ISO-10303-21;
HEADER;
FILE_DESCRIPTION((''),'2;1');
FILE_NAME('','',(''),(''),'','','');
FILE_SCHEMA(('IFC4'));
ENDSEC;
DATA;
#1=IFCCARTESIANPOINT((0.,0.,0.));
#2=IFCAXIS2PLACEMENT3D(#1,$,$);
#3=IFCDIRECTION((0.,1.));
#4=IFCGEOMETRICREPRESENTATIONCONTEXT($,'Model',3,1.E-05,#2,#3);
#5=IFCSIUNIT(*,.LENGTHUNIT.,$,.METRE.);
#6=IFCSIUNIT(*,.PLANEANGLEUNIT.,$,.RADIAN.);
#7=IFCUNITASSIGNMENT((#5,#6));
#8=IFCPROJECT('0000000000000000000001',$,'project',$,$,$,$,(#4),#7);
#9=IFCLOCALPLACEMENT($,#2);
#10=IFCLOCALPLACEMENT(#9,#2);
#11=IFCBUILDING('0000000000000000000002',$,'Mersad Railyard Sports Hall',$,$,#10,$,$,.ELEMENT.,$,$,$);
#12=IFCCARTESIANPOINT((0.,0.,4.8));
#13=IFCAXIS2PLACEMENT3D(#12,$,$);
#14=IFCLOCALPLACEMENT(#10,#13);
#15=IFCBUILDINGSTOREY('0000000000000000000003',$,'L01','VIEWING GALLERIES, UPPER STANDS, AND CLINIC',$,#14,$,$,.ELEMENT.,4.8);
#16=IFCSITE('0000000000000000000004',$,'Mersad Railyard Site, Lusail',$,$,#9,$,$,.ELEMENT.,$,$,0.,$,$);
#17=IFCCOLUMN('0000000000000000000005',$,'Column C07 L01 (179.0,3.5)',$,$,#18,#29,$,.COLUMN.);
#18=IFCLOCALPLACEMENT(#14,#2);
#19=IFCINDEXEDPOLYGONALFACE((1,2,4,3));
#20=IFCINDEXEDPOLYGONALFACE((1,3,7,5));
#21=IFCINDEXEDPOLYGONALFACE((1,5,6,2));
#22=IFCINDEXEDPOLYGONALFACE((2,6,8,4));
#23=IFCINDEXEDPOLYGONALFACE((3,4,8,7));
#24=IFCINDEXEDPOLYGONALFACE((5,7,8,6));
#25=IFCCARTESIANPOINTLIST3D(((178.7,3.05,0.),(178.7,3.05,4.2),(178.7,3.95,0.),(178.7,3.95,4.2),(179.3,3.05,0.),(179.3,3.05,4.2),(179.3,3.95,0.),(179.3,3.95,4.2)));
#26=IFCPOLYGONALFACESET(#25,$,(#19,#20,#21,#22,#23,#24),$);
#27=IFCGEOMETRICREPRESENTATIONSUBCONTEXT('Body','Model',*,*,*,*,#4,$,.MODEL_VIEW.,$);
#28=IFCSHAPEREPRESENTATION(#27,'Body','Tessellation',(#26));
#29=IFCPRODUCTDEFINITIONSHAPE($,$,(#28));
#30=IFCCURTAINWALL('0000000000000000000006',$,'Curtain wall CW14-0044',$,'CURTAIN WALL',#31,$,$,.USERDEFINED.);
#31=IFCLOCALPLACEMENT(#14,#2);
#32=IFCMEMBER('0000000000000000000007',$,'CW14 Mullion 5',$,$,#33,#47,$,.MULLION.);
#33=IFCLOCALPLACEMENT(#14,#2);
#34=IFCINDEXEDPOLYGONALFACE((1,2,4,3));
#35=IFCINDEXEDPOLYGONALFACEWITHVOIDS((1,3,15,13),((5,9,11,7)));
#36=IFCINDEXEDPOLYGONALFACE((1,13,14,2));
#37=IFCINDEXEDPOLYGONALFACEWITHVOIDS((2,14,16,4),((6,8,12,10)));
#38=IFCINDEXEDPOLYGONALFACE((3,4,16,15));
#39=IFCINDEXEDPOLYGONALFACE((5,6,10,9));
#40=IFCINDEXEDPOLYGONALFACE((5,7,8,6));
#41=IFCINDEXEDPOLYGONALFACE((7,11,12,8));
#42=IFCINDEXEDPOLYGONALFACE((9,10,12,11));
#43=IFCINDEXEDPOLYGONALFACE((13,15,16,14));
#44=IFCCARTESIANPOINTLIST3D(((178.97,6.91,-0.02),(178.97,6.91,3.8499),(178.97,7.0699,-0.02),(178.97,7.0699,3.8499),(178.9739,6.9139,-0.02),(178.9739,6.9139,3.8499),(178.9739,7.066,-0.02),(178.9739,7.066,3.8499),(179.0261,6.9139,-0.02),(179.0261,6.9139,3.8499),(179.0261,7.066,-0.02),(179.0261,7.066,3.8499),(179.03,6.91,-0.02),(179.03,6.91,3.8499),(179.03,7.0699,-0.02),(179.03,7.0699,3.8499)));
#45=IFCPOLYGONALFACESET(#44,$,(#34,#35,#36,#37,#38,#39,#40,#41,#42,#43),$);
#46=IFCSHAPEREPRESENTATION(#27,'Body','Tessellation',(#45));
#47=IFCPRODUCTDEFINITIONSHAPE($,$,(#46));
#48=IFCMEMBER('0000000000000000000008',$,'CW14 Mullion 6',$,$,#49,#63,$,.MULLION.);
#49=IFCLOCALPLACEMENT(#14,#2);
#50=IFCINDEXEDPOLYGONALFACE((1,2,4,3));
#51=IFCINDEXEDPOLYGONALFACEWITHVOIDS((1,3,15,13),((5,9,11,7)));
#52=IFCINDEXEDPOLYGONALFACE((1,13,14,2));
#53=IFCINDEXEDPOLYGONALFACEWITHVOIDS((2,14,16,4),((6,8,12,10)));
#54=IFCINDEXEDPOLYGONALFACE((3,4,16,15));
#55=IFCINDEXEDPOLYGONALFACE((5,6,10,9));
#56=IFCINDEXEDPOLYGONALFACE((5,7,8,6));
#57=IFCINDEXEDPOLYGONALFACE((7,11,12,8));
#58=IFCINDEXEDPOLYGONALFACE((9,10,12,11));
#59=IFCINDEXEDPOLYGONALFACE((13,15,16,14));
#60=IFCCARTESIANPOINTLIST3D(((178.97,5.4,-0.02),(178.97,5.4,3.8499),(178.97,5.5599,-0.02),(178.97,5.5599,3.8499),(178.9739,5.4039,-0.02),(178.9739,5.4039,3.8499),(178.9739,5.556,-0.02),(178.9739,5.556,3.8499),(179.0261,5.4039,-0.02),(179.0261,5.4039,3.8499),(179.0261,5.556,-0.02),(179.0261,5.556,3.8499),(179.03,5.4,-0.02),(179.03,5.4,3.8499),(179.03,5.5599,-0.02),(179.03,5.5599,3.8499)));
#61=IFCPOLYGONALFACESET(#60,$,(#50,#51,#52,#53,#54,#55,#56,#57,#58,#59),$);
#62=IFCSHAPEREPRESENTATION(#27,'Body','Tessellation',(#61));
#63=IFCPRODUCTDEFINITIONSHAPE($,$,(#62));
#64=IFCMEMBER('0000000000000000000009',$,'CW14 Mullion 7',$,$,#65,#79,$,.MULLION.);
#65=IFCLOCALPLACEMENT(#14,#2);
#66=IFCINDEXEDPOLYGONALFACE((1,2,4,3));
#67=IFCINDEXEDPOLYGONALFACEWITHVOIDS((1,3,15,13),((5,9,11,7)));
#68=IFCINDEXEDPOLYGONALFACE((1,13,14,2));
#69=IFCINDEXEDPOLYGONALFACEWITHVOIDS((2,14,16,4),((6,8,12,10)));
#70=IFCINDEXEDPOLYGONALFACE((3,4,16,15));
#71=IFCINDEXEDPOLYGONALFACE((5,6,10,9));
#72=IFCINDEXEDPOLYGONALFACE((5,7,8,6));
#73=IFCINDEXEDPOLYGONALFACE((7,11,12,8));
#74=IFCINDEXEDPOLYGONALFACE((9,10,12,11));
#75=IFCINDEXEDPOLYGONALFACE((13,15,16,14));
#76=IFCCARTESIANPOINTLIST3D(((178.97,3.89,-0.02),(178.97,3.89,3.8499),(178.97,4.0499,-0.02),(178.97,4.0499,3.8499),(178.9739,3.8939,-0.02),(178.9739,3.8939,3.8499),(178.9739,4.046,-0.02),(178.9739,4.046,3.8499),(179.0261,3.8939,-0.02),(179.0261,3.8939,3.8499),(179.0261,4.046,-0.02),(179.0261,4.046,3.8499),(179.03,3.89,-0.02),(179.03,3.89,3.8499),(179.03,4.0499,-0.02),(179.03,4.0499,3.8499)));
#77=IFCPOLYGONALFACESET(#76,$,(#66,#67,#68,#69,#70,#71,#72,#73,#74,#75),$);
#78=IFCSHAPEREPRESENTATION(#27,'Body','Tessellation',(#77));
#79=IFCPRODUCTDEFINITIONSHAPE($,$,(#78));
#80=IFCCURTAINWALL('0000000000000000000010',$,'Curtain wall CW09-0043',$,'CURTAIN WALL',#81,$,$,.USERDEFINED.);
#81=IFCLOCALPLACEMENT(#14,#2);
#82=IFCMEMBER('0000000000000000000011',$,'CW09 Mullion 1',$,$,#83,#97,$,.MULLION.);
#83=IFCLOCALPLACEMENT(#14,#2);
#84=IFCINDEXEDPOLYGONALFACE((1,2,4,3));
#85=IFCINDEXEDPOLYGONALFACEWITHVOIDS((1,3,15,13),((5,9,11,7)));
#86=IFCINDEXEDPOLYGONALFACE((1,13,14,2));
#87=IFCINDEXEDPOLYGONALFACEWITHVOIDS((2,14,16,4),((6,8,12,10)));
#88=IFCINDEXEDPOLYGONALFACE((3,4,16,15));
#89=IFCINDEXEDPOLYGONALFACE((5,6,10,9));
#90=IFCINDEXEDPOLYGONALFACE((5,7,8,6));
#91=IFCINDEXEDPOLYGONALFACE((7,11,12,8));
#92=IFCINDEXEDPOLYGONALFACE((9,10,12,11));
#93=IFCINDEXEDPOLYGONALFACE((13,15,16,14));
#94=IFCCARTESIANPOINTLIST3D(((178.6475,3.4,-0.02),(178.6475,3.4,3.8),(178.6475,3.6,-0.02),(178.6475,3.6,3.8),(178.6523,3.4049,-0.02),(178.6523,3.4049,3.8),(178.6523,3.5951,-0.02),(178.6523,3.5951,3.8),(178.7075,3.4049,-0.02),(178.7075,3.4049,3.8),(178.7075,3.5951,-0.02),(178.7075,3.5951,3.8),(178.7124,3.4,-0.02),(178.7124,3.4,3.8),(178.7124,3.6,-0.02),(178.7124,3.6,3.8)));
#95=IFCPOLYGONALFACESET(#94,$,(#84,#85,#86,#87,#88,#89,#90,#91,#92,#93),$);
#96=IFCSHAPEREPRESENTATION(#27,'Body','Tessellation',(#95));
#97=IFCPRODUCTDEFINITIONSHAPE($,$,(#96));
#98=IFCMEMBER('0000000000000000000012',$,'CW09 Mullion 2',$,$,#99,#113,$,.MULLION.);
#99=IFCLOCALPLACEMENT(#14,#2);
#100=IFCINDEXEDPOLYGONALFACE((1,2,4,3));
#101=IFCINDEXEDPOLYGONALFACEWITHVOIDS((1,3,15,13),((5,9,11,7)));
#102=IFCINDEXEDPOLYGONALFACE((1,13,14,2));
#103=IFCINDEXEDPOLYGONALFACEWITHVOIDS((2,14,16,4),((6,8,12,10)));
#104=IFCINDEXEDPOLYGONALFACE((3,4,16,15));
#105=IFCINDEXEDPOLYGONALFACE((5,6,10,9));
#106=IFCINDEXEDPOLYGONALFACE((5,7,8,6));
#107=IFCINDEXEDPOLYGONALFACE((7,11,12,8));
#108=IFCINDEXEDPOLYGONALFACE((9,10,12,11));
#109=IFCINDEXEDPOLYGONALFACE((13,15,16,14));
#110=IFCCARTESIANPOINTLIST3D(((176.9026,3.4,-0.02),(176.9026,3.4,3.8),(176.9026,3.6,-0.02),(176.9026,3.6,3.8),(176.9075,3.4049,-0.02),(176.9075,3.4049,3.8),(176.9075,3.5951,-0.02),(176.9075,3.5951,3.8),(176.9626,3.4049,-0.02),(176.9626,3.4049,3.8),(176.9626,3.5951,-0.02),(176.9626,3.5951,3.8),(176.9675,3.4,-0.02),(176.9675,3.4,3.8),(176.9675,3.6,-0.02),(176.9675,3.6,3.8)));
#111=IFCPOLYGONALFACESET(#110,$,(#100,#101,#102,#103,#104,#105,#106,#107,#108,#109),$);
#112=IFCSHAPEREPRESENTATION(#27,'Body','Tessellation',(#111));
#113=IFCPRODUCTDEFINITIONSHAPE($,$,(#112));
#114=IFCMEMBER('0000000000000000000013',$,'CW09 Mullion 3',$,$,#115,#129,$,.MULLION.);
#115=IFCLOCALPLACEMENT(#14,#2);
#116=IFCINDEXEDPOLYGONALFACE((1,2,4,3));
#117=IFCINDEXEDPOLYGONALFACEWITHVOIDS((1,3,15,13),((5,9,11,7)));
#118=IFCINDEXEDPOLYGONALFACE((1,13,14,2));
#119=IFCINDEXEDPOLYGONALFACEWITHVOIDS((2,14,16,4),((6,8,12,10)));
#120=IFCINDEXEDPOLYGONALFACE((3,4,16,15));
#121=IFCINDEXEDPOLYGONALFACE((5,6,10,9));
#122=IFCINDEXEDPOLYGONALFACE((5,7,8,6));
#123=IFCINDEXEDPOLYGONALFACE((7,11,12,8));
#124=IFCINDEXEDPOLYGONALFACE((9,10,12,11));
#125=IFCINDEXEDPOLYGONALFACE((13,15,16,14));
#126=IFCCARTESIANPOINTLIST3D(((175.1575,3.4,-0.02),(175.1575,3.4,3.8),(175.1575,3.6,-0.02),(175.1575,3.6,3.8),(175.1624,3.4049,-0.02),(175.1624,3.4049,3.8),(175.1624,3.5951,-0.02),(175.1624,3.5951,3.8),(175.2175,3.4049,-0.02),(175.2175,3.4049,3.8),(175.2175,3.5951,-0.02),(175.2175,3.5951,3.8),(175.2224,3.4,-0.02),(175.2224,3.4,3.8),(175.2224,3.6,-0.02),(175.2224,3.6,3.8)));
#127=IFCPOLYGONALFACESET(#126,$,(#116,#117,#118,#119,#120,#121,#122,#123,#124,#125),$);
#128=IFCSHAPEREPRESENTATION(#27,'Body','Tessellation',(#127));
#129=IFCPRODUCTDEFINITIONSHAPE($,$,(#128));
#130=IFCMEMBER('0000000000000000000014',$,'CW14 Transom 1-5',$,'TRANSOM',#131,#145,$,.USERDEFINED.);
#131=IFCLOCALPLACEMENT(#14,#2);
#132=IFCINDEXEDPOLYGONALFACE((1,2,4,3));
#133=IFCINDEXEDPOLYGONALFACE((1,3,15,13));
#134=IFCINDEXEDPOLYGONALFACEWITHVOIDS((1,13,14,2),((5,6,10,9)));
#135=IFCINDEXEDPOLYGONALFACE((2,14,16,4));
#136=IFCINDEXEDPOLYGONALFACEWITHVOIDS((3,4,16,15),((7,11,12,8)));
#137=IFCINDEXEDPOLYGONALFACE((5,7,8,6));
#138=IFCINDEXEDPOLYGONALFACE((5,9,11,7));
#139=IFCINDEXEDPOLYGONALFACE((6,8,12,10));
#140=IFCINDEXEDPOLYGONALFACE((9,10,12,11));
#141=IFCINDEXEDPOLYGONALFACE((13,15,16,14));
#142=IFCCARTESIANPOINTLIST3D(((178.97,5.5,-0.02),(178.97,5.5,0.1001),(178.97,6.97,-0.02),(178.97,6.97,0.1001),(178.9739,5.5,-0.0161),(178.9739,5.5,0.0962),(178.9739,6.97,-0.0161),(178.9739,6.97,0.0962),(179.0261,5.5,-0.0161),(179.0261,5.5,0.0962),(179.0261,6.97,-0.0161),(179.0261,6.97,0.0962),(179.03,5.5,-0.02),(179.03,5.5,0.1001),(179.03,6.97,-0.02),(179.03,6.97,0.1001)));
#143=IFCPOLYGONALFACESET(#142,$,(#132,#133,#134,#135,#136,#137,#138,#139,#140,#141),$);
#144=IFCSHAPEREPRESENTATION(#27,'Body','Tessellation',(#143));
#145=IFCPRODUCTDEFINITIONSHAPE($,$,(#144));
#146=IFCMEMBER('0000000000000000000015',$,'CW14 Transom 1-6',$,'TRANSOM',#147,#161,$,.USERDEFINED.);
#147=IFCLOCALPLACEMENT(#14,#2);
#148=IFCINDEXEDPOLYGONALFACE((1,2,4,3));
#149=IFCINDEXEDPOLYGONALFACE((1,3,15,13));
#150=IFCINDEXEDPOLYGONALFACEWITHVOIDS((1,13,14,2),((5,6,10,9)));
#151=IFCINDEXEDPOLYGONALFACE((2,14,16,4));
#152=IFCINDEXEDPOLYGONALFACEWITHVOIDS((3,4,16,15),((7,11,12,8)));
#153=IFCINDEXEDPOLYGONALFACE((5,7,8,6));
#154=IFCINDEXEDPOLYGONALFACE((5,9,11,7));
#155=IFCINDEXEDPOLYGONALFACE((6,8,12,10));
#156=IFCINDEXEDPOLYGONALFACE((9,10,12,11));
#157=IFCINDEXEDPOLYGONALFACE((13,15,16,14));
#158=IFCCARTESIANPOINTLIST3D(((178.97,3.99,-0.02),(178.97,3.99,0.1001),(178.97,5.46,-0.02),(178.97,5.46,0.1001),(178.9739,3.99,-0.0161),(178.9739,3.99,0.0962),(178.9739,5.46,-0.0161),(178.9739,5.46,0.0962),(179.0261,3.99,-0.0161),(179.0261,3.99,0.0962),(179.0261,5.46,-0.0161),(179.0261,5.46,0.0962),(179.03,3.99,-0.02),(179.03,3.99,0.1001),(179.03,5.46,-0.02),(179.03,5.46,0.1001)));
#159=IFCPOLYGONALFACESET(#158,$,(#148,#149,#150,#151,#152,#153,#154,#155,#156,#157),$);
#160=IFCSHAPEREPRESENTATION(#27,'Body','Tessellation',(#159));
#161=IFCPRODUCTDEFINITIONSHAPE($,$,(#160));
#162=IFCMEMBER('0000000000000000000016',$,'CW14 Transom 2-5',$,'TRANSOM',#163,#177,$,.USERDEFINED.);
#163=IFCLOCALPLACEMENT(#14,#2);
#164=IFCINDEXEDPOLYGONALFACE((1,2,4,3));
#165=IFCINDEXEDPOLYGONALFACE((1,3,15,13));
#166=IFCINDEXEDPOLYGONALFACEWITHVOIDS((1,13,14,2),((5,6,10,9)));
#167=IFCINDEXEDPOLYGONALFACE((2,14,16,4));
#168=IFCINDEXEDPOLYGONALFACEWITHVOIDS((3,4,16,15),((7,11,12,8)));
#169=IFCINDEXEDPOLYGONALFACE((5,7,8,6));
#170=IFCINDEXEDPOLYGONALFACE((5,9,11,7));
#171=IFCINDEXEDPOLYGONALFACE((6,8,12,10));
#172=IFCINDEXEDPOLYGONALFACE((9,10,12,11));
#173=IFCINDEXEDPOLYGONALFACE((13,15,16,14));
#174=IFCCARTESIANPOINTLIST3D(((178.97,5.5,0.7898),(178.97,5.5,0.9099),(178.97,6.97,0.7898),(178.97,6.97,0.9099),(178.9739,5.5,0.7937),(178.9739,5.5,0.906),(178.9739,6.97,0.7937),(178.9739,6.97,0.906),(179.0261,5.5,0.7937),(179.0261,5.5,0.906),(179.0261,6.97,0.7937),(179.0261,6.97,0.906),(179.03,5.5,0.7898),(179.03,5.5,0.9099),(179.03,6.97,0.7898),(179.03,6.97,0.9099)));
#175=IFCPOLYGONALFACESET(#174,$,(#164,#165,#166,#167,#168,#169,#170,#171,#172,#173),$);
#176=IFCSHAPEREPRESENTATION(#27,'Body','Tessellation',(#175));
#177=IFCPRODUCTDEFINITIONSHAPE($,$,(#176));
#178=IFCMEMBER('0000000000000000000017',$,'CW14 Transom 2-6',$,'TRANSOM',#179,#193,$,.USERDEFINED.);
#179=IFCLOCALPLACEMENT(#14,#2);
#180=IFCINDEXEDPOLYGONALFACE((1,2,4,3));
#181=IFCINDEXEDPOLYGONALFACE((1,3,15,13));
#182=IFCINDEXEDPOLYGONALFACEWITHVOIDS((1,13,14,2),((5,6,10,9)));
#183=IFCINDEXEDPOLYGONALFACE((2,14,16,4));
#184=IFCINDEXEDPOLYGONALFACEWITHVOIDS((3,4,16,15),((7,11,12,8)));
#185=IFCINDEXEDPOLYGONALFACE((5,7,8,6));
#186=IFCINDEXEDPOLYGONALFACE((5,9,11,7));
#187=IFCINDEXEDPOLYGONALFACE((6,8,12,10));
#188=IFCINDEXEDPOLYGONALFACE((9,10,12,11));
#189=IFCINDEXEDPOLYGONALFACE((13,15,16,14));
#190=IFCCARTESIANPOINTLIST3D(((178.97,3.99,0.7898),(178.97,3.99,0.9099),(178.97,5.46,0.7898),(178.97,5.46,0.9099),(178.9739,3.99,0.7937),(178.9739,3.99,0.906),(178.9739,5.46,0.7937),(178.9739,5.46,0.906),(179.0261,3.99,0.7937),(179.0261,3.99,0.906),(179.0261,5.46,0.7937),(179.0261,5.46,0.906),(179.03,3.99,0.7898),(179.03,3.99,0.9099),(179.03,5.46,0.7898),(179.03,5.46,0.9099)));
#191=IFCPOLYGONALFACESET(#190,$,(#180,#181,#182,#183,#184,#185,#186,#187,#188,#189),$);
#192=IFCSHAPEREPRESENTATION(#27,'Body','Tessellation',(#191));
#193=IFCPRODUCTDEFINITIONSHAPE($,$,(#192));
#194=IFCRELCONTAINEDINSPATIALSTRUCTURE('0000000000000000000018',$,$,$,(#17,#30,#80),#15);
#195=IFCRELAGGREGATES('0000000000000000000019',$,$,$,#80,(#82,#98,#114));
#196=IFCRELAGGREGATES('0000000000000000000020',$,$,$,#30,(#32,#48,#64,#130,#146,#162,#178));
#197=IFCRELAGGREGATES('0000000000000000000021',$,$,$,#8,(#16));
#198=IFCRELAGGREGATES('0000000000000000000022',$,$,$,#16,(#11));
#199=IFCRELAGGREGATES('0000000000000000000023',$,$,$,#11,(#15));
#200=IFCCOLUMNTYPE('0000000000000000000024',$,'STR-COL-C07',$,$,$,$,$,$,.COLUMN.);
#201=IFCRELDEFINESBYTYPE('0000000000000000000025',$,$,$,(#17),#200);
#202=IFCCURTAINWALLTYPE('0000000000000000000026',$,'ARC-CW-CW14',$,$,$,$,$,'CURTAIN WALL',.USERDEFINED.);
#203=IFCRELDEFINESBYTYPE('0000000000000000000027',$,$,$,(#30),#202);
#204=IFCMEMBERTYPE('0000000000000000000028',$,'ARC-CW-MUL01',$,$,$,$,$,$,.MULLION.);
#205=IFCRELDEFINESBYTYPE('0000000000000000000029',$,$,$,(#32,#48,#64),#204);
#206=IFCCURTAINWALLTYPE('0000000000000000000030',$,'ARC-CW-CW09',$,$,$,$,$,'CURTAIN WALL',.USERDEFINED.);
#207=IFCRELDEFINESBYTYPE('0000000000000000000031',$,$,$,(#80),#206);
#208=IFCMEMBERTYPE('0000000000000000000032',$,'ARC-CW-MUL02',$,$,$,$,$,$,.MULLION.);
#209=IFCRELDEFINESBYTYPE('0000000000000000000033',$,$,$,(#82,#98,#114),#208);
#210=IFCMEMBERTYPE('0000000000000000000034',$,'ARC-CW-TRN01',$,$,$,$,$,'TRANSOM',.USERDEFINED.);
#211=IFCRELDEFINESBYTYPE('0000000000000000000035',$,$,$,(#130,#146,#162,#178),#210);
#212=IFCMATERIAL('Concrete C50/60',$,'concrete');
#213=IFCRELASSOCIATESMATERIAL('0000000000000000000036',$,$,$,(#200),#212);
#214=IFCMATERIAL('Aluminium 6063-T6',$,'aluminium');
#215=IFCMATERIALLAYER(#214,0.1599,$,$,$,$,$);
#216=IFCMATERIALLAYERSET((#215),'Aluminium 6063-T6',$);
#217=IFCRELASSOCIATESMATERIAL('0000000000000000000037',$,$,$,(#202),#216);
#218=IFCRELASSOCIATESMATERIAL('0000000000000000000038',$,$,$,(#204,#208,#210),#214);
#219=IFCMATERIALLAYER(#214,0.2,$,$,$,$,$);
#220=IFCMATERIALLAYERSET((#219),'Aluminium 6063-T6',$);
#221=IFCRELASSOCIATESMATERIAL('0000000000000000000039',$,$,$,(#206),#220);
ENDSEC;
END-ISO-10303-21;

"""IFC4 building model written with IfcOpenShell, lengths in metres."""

from ifc_helpers import new_model, si_unit, direction, frame, origin, origin_2d, place, context, subcontext, project, spatial, rectangle, hollow_rectangle, extrude, material, layer, layer_set, material_profile, profile_set, type_object, element, aggregate, save


model = new_model("IFC4")

# Units and contexts
model_context = context("Model", 3, precision=1e-05, world=origin(), true_north=direction((0.0, 1.0)))
body_context = subcontext(model_context, "Body", "Model", "MODEL_VIEW")
ifc_project = project(units=[si_unit("LENGTHUNIT", "METRE"), si_unit("PLANEANGLEUNIT", "RADIAN")], contexts=[model_context])

# Site, building, storey
site_placement = place(None, origin())
site = spatial("IfcSite", under=ifc_project, at=site_placement, Name="Mersad Railyard Site, Lusail", CompositionType="ELEMENT", RefElevation=0.0)
building_placement = place(site_placement, origin())
building = spatial("IfcBuilding", under=site, at=building_placement, Name="Mersad Railyard Sports Hall", CompositionType="ELEMENT")
storey_placement = place(building_placement, frame((0.0, 0.0, 4.8)))
storey = spatial("IfcBuildingStorey", under=building, at=storey_placement, Name="L01", Description="VIEWING GALLERIES, UPPER STANDS, AND CLINIC", CompositionType="ELEMENT", Elevation=4.8)

# Column
ifc_material_1 = material(Name="Concrete C50/60", Category="concrete")
ifc_material_profile_1 = material_profile(ifc_material_1, rectangle(XDim=0.6001, YDim=0.8999, at=origin_2d()), Name="RC 600x900")
ifc_profile_set_1 = profile_set([ifc_material_profile_1], Name="Concrete C50/60")
column_type = type_object("IfcColumnType", Name="STR-COL-C07", PredefinedType="COLUMN", material=ifc_profile_set_1)
column_placement = place(storey_placement, frame((179.0, 3.5, 0.0), z_axis=(0.0, 0.0, 1.0), x_axis=(1.0, 0.0, 0.0)))
element("IfcColumn", 1, at=column_placement, inside=storey, type_object=column_type, Name="Column C07 L01 (179.0,3.5)", PredefinedType="COLUMN", context=body_context, shape_type="SweptSolid", body=[
    extrude(rectangle(XDim=0.6001, YDim=0.8999, at=origin_2d()), origin(), (0.0, 0.0, 1.0), 4.2),
])

# Curtain walls, members
ifc_material_2 = material(Name="Aluminium 6063-T6", Category="aluminium")
ifc_layer_1 = layer(ifc_material_2, 0.1599)
ifc_layer_set_1 = layer_set([ifc_layer_1], Name="Aluminium 6063-T6")
curtain_wall_type_1 = type_object("IfcCurtainWallType", Name="ARC-CW-CW14", ElementType="CURTAIN WALL", PredefinedType="USERDEFINED", material=ifc_layer_set_1)
curtain_wall_1_placement = place(storey_placement, origin())
curtain_wall_1 = element("IfcCurtainWall", 2, at=curtain_wall_1_placement, inside=storey, type_object=curtain_wall_type_1, Name="Curtain wall CW14-0044", ObjectType="CURTAIN WALL", PredefinedType="USERDEFINED")
ifc_material_profile_2 = material_profile(ifc_material_2, hollow_rectangle(XDim=0.0601, YDim=0.1599, WallThickness=0.0039, at=origin_2d()), Name="AL MULLION 60x160x4")
ifc_profile_set_2 = profile_set([ifc_material_profile_2], Name="Aluminium 6063-T6")
member_type_1 = type_object("IfcMemberType", Name="ARC-CW-MUL01", PredefinedType="MULLION", material=ifc_profile_set_2)
member_1_placement = place(storey_placement, frame((179.0, 6.99, -0.02), z_axis=(0.0, 0.0, 1.0), x_axis=(1.0, 0.0, 0.0)))
member_1 = element("IfcMember", 3, at=member_1_placement, type_object=member_type_1, Name="CW14 Mullion 5", PredefinedType="MULLION", context=body_context, shape_type="SweptSolid", body=[
    extrude(hollow_rectangle(XDim=0.0601, YDim=0.1599, WallThickness=0.0039, at=origin_2d()), origin(), (0.0, 0.0, 1.0), 3.8699),
])
member_2_placement = place(storey_placement, frame((179.0, 5.48, -0.02), z_axis=(0.0, 0.0, 1.0), x_axis=(1.0, 0.0, 0.0)))
member_2 = element("IfcMember", 4, at=member_2_placement, type_object=member_type_1, Name="CW14 Mullion 6", PredefinedType="MULLION", context=body_context, shape_type="SweptSolid", body=[
    extrude(hollow_rectangle(XDim=0.0601, YDim=0.1599, WallThickness=0.0039, at=origin_2d()), origin(), (0.0, 0.0, 1.0), 3.8699),
])
member_3_placement = place(storey_placement, frame((179.0, 3.97, -0.02), z_axis=(0.0, 0.0, 1.0), x_axis=(1.0, 0.0, 0.0)))
member_3 = element("IfcMember", 5, at=member_3_placement, type_object=member_type_1, Name="CW14 Mullion 7", PredefinedType="MULLION", context=body_context, shape_type="SweptSolid", body=[
    extrude(hollow_rectangle(XDim=0.0601, YDim=0.1599, WallThickness=0.0039, at=origin_2d()), origin(), (0.0, 0.0, 1.0), 3.8699),
])
ifc_layer_2 = layer(ifc_material_2, 0.2)
ifc_layer_set_2 = layer_set([ifc_layer_2], Name="Aluminium 6063-T6")
curtain_wall_type_2 = type_object("IfcCurtainWallType", Name="ARC-CW-CW09", ElementType="CURTAIN WALL", PredefinedType="USERDEFINED", material=ifc_layer_set_2)
curtain_wall_2_placement = place(storey_placement, origin())
curtain_wall_2 = element("IfcCurtainWall", 6, at=curtain_wall_2_placement, inside=storey, type_object=curtain_wall_type_2, Name="Curtain wall CW09-0043", ObjectType="CURTAIN WALL", PredefinedType="USERDEFINED")
ifc_material_profile_3 = material_profile(ifc_material_2, hollow_rectangle(XDim=0.0649, YDim=0.2, WallThickness=0.0049, at=origin_2d()), Name="AL MULLION 65x200x5")
ifc_profile_set_3 = profile_set([ifc_material_profile_3], Name="Aluminium 6063-T6")
member_type_2 = type_object("IfcMemberType", Name="ARC-CW-MUL02", PredefinedType="MULLION", material=ifc_profile_set_3)
member_4_placement = place(storey_placement, frame((178.6799, 3.5, -0.02), z_axis=(0.0, 0.0, 1.0), x_axis=(1.0, 0.0, 0.0)))
member_4 = element("IfcMember", 7, at=member_4_placement, type_object=member_type_2, Name="CW09 Mullion 1", PredefinedType="MULLION", context=body_context, shape_type="SweptSolid", body=[
    extrude(hollow_rectangle(XDim=0.0649, YDim=0.2, WallThickness=0.0049, at=origin_2d()), origin(), (0.0, 0.0, 1.0), 3.8201),
])
member_5_placement = place(storey_placement, frame((176.9351, 3.5, -0.02), z_axis=(0.0, 0.0, 1.0), x_axis=(1.0, 0.0, 0.0)))
member_5 = element("IfcMember", 8, at=member_5_placement, type_object=member_type_2, Name="CW09 Mullion 2", PredefinedType="MULLION", context=body_context, shape_type="SweptSolid", body=[
    extrude(hollow_rectangle(XDim=0.0649, YDim=0.2, WallThickness=0.0049, at=origin_2d()), origin(), (0.0, 0.0, 1.0), 3.8201),
])
member_6_placement = place(storey_placement, frame((175.1899, 3.5, -0.02), z_axis=(0.0, 0.0, 1.0), x_axis=(1.0, 0.0, 0.0)))
member_6 = element("IfcMember", 9, at=member_6_placement, type_object=member_type_2, Name="CW09 Mullion 3", PredefinedType="MULLION", context=body_context, shape_type="SweptSolid", body=[
    extrude(hollow_rectangle(XDim=0.0649, YDim=0.2, WallThickness=0.0049, at=origin_2d()), origin(), (0.0, 0.0, 1.0), 3.8201),
])

# Members
ifc_material_profile_4 = material_profile(ifc_material_2, hollow_rectangle(XDim=0.0601, YDim=0.1201, WallThickness=0.0039, at=origin_2d()), Name="AL TRANSOM 60x120x4")
ifc_profile_set_4 = profile_set([ifc_material_profile_4], Name="Aluminium 6063-T6")
member_type_3 = type_object("IfcMemberType", Name="ARC-CW-TRN01", ElementType="TRANSOM", PredefinedType="USERDEFINED", material=ifc_profile_set_4)
member_7_placement = place(storey_placement, frame((179.0, 6.97, 0.04), z_axis=(0.0, -1.0, 0.0), x_axis=(1.0, 0.0, 0.0)))
member_7 = element("IfcMember", 10, at=member_7_placement, type_object=member_type_3, Name="CW14 Transom 1-5", ObjectType="TRANSOM", PredefinedType="USERDEFINED", context=body_context, shape_type="SweptSolid", body=[
    extrude(hollow_rectangle(XDim=0.0601, YDim=0.1201, WallThickness=0.0039, at=origin_2d()), origin(), (0.0, 0.0, 1.0), 1.47),
])
member_8_placement = place(storey_placement, frame((179.0, 5.46, 0.04), z_axis=(0.0, -1.0, 0.0), x_axis=(1.0, 0.0, 0.0)))
member_8 = element("IfcMember", 11, at=member_8_placement, type_object=member_type_3, Name="CW14 Transom 1-6", ObjectType="TRANSOM", PredefinedType="USERDEFINED", context=body_context, shape_type="SweptSolid", body=[
    extrude(hollow_rectangle(XDim=0.0601, YDim=0.1201, WallThickness=0.0039, at=origin_2d()), origin(), (0.0, 0.0, 1.0), 1.47),
])
member_9_placement = place(storey_placement, frame((179.0, 6.97, 0.8499), z_axis=(0.0, -1.0, 0.0), x_axis=(1.0, 0.0, 0.0)))
member_9 = element("IfcMember", 12, at=member_9_placement, type_object=member_type_3, Name="CW14 Transom 2-5", ObjectType="TRANSOM", PredefinedType="USERDEFINED", context=body_context, shape_type="SweptSolid", body=[
    extrude(hollow_rectangle(XDim=0.0601, YDim=0.1201, WallThickness=0.0039, at=origin_2d()), origin(), (0.0, 0.0, 1.0), 1.47),
])
member_10_placement = place(storey_placement, frame((179.0, 5.46, 0.8499), z_axis=(0.0, -1.0, 0.0), x_axis=(1.0, 0.0, 0.0)))
member_10 = element("IfcMember", 13, at=member_10_placement, type_object=member_type_3, Name="CW14 Transom 2-6", ObjectType="TRANSOM", PredefinedType="USERDEFINED", context=body_context, shape_type="SweptSolid", body=[
    extrude(hollow_rectangle(XDim=0.0601, YDim=0.1201, WallThickness=0.0039, at=origin_2d()), origin(), (0.0, 0.0, 1.0), 1.47),
])

aggregate(curtain_wall_2, [member_4, member_5, member_6])
aggregate(curtain_wall_1, [member_1, member_2, member_3, member_7, member_8, member_9, member_10])

save(model, "model.ifc")
